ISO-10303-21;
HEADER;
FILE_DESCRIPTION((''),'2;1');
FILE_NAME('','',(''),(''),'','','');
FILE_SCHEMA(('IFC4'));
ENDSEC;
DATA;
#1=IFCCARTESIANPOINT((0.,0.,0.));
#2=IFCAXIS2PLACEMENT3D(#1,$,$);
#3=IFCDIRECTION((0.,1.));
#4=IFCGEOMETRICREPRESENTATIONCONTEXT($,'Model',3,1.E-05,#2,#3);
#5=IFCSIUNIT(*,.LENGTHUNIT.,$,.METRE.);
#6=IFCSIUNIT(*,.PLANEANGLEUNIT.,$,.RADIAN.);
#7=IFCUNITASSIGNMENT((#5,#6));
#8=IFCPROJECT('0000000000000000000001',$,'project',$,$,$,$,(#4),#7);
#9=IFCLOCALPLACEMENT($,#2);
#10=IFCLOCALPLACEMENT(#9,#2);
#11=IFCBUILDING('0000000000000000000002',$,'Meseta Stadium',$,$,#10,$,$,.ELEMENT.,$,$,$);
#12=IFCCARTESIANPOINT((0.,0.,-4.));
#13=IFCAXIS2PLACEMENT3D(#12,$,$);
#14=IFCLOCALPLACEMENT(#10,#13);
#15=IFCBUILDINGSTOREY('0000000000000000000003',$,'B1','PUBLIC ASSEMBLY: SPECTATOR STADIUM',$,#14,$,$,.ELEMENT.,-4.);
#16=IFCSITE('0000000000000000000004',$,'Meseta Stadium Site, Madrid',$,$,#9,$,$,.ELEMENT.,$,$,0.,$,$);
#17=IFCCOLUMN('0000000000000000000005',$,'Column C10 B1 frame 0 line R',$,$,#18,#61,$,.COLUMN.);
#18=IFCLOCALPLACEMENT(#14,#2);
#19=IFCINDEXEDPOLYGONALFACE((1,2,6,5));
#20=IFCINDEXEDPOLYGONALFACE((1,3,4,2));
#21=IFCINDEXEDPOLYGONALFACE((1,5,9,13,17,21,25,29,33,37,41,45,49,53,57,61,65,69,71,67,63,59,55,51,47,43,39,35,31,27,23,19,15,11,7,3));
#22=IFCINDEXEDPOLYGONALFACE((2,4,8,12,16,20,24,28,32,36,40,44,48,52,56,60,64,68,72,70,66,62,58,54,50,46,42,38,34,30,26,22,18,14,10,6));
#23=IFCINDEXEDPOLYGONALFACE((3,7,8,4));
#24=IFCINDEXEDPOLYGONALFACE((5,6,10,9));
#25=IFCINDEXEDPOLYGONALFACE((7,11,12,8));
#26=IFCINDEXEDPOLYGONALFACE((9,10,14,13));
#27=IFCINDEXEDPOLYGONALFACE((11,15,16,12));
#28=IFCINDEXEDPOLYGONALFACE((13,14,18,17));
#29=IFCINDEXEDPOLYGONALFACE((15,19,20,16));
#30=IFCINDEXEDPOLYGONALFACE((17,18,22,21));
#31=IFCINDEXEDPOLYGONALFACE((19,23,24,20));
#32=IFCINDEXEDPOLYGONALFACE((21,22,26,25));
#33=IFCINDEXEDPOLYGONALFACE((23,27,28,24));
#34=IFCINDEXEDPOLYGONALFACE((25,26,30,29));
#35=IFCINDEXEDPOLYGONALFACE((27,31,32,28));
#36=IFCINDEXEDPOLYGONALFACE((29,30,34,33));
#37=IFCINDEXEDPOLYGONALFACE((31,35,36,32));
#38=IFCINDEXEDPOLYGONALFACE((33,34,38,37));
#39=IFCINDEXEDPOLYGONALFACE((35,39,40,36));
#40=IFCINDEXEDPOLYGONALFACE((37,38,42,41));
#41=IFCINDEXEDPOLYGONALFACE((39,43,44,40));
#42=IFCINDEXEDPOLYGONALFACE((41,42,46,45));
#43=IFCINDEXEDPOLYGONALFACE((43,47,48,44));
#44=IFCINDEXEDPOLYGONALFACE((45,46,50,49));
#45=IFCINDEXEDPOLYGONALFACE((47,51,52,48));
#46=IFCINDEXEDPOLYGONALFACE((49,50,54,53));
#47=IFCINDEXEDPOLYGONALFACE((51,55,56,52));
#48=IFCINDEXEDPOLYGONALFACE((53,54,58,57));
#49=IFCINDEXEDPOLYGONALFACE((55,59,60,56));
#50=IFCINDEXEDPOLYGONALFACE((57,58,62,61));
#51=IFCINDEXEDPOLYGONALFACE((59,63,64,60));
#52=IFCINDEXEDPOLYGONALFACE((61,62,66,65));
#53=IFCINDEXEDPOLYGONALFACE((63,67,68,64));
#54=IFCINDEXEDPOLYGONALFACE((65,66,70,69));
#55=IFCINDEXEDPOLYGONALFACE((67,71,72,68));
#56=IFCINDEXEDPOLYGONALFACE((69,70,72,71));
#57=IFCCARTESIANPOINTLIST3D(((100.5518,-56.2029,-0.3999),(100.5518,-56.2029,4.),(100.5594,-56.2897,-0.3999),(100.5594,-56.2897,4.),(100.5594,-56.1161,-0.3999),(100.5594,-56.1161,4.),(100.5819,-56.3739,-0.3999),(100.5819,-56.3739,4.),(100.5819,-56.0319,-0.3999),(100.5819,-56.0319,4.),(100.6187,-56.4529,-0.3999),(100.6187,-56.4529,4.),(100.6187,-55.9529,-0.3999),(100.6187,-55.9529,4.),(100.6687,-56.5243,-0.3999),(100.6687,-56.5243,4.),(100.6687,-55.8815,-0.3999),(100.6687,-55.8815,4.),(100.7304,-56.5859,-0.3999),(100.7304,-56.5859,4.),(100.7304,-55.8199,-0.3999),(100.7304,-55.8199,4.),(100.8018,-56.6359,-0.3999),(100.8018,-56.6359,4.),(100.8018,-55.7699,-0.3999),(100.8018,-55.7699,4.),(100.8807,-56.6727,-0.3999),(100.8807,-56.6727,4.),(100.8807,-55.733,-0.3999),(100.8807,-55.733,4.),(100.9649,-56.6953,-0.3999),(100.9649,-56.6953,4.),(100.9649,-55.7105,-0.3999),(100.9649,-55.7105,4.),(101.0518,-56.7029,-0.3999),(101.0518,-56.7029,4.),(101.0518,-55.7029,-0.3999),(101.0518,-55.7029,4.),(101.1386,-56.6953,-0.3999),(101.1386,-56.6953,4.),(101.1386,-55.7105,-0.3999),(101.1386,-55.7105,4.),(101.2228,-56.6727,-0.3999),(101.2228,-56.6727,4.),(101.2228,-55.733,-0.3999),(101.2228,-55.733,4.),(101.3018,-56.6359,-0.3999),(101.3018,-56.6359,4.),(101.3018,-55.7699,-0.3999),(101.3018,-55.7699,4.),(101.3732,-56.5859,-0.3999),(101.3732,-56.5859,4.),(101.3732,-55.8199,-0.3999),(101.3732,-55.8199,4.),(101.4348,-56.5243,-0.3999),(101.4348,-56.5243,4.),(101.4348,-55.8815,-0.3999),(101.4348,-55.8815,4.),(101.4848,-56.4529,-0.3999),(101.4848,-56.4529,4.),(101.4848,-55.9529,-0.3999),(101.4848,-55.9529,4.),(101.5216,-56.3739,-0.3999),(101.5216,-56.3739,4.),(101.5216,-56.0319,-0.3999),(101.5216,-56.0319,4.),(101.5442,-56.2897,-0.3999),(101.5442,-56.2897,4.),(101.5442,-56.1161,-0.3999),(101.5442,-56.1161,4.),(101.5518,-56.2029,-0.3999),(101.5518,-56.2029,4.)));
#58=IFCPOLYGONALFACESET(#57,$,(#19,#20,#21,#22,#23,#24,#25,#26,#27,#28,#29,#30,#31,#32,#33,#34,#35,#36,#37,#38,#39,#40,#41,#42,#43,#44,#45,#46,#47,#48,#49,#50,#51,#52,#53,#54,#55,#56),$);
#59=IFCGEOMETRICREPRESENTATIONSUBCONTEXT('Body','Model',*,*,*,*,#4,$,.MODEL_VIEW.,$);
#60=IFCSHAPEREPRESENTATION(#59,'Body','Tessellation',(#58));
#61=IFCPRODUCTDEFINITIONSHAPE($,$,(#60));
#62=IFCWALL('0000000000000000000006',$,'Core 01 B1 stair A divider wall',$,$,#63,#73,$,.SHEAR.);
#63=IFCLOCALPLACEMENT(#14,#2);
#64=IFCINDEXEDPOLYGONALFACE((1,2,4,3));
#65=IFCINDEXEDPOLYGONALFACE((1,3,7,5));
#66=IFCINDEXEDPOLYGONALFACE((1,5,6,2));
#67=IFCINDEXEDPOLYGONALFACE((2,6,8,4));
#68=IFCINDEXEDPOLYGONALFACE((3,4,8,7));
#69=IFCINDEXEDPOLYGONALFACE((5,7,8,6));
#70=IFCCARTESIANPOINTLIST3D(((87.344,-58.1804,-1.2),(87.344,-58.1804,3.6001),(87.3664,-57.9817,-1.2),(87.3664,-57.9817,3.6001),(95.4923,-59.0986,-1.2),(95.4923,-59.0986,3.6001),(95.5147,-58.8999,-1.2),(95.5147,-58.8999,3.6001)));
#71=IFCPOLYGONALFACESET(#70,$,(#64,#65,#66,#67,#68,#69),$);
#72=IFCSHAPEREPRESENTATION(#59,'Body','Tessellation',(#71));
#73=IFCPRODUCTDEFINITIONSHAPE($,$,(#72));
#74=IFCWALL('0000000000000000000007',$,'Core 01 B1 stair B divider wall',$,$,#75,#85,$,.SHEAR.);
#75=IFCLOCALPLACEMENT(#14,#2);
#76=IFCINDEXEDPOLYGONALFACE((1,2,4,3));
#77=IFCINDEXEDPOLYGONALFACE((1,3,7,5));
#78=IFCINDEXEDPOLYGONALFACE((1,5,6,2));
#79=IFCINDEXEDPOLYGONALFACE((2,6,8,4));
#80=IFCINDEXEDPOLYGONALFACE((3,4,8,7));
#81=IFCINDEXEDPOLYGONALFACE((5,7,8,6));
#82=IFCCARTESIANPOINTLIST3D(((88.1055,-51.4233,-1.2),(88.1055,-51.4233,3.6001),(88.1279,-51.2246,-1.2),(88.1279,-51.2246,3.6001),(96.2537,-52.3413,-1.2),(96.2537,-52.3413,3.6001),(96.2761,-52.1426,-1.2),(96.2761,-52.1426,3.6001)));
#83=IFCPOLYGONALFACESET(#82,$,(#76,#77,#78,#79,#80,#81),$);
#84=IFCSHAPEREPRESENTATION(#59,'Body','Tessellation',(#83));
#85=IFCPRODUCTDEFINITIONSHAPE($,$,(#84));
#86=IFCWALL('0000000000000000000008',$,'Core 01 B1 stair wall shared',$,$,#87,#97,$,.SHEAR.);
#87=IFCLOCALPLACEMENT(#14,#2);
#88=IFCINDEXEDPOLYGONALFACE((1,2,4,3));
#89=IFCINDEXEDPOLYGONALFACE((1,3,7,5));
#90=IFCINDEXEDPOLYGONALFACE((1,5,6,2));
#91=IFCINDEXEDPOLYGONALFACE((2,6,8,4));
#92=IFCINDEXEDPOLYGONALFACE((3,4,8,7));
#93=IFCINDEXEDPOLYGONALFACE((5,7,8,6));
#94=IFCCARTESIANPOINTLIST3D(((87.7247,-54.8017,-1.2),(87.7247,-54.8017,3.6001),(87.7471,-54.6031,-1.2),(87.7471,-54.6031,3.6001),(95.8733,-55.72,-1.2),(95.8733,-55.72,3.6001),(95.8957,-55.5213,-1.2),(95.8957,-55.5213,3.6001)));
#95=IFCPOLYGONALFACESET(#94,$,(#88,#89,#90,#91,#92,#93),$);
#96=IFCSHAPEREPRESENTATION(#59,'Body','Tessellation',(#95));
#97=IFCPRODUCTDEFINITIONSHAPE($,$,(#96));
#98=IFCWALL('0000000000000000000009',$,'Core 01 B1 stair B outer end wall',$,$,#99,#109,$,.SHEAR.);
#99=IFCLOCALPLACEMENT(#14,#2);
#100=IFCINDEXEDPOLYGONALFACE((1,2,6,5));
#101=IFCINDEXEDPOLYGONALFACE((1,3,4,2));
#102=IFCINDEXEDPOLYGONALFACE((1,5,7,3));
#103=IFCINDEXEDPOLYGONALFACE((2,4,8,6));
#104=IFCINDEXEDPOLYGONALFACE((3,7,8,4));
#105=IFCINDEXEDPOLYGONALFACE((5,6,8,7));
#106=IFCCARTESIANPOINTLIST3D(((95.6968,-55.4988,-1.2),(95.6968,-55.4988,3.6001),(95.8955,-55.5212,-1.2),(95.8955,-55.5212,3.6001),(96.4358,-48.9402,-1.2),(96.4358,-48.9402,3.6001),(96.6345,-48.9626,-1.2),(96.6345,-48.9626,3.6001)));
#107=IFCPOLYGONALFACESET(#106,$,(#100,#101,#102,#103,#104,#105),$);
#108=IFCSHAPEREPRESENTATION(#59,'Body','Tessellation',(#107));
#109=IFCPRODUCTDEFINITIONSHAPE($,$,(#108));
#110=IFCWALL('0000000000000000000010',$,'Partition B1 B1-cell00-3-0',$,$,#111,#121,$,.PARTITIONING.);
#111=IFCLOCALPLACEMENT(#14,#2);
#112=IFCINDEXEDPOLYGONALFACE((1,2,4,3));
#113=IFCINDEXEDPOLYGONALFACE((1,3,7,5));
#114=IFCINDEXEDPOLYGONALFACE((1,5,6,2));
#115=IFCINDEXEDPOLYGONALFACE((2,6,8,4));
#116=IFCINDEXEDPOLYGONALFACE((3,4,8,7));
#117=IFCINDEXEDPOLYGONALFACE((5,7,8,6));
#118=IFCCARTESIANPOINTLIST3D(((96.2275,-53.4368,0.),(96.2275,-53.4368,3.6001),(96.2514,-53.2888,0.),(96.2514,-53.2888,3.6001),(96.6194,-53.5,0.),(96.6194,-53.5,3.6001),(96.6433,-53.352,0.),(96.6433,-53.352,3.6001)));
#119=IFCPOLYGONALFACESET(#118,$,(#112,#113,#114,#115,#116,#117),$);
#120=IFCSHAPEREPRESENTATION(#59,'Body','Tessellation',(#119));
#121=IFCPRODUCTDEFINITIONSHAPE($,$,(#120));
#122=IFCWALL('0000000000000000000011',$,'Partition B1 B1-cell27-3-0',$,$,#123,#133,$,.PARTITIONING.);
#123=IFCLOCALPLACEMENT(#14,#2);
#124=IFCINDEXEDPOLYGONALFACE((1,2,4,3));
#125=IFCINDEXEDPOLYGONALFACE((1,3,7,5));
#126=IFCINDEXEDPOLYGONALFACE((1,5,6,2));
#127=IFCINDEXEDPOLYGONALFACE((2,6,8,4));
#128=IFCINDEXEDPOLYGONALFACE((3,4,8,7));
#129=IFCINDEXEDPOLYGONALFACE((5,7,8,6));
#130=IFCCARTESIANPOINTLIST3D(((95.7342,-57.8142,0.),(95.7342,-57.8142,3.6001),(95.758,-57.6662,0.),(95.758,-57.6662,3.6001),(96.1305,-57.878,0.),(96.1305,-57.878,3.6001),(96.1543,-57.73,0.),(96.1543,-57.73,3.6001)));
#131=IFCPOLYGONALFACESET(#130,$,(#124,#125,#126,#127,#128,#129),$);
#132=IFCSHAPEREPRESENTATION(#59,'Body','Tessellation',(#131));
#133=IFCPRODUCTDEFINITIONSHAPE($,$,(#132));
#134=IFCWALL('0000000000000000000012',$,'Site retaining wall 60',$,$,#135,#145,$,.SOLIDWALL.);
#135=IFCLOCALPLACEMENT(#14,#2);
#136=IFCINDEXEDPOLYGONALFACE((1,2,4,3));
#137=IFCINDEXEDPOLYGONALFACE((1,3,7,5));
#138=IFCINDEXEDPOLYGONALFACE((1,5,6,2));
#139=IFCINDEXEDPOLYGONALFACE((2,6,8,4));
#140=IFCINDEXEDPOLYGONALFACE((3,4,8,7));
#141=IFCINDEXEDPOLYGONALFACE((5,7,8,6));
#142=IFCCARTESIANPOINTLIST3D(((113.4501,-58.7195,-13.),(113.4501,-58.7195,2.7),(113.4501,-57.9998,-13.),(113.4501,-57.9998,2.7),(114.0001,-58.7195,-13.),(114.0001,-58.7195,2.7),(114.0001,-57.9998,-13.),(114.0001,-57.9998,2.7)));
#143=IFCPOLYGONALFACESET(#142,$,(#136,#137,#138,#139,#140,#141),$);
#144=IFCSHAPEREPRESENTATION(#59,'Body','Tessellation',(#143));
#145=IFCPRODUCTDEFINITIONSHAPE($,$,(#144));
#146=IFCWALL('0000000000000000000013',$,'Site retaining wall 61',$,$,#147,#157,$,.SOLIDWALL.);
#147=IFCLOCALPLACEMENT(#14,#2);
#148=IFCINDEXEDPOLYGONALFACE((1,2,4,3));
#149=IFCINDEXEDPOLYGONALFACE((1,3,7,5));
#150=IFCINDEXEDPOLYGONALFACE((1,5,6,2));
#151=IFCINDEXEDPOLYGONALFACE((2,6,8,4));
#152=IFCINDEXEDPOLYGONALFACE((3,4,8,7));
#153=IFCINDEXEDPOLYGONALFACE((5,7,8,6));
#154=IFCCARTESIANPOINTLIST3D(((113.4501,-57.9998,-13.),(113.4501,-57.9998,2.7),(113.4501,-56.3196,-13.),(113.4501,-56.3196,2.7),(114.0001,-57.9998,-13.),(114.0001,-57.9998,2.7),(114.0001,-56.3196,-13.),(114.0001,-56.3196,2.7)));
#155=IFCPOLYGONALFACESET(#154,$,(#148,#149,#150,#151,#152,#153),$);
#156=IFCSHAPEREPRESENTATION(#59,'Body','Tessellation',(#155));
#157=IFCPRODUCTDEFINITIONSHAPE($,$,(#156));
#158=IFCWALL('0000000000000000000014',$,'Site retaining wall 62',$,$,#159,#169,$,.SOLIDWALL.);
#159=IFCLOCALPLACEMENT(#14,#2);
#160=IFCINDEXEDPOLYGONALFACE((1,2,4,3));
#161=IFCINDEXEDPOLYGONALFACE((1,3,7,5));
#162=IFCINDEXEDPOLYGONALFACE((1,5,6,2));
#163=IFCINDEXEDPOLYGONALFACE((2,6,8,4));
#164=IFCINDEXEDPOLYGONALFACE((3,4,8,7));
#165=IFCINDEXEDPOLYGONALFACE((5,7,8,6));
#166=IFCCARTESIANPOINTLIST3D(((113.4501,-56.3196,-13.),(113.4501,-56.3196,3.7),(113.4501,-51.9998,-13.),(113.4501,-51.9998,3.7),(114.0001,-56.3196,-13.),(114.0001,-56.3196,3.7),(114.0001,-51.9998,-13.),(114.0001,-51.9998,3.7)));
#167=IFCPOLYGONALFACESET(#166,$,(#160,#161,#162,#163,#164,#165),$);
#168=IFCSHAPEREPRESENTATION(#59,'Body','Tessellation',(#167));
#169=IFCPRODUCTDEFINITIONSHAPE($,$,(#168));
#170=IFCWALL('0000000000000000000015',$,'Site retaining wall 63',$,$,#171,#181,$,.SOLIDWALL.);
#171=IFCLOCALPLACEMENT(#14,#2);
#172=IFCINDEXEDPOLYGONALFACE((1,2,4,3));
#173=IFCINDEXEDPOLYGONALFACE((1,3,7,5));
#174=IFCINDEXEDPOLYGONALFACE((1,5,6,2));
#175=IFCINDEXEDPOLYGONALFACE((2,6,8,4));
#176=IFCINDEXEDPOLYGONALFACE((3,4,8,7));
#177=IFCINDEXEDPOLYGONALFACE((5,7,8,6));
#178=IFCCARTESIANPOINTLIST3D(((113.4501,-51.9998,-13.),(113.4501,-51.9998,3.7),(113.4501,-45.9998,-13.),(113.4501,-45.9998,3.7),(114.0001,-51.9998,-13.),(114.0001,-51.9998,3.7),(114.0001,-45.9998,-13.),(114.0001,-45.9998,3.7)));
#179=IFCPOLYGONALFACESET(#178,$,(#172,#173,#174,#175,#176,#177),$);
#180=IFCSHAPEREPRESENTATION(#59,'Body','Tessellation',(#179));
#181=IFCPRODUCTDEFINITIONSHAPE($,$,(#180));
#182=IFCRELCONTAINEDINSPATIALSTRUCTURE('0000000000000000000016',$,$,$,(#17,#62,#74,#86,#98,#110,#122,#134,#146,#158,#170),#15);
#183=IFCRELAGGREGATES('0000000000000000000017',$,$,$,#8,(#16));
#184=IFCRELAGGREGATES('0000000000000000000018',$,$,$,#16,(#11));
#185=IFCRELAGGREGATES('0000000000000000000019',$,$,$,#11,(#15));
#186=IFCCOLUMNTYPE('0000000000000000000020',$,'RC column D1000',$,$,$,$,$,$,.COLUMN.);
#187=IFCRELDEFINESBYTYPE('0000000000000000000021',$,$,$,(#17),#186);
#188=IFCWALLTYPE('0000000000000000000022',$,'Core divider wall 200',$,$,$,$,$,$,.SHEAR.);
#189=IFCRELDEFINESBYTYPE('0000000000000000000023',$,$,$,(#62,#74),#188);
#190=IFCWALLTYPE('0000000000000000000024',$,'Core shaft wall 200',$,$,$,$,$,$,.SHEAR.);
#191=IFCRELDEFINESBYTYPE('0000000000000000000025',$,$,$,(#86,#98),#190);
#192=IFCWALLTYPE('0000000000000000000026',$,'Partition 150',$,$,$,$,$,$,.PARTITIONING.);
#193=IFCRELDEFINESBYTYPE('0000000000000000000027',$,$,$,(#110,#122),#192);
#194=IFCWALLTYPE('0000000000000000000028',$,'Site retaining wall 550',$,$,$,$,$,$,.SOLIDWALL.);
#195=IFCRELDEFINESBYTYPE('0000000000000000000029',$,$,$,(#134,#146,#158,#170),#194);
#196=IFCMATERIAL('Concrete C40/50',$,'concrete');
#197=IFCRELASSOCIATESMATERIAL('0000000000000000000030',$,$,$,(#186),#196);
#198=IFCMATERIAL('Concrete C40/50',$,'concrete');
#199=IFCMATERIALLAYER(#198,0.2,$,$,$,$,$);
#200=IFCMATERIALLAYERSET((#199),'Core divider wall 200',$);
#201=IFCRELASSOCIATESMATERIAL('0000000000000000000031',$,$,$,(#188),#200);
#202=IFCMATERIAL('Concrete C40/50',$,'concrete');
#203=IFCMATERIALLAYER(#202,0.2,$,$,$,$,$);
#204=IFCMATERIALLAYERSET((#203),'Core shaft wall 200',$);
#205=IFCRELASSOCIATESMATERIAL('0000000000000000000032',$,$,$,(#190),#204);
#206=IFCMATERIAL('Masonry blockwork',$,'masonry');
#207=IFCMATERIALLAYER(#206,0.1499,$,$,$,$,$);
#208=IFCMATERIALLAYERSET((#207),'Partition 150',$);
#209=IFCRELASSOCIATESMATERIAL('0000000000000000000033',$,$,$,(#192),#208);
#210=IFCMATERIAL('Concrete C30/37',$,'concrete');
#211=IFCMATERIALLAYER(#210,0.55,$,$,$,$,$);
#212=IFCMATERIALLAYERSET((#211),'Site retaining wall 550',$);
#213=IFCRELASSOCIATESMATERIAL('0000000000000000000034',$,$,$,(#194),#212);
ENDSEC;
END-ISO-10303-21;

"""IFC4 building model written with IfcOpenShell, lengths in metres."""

from ifc_helpers import new_model, si_unit, direction, frame, frame_2d, origin, origin_2d, place, context, subcontext, project, spatial, rectangle, circle, extrude, material, layer, layer_set, material_profile, profile_set, type_object, element, save


model = new_model("IFC4")

# Units and contexts
model_context = context("Model", 3, precision=1e-05, world=origin(), true_north=direction((0.0, 1.0)))
body_context = subcontext(model_context, "Body", "Model", "MODEL_VIEW")
ifc_project = project(units=[si_unit("LENGTHUNIT", "METRE"), si_unit("PLANEANGLEUNIT", "RADIAN")], contexts=[model_context])

# Site, building, storey
site_placement = place(None, origin())
site = spatial("IfcSite", under=ifc_project, at=site_placement, Name="Meseta Stadium Site, Madrid", CompositionType="ELEMENT", RefElevation=0.0)
building_placement = place(site_placement, origin())
building = spatial("IfcBuilding", under=site, at=building_placement, Name="Meseta Stadium", CompositionType="ELEMENT")
storey_placement = place(building_placement, frame((0.0, 0.0, -4.0)))
storey = spatial("IfcBuildingStorey", under=building, at=storey_placement, Name="B1", Description="PUBLIC ASSEMBLY: SPECTATOR STADIUM", CompositionType="ELEMENT", Elevation=-4.0)

# Column
ifc_material_1 = material(Name="Concrete C40/50", Category="concrete")
ifc_material_profile = material_profile(ifc_material_1, circle(Radius=0.5, at=origin_2d()), Name="RC D1000")
ifc_profile_set = profile_set([ifc_material_profile], Name="Concrete C40/50")
column_type = type_object("IfcColumnType", Name="RC column D1000", PredefinedType="COLUMN", material=ifc_profile_set)
column_placement = place(storey_placement, frame((101.0518, -56.2029, -0.3999), z_axis=(0.0, 0.0, 1.0), x_axis=(1.0, 0.0, 0.0)))
element("IfcColumn", 1, at=column_placement, inside=storey, type_object=column_type, Name="Column C10 B1 frame 0 line R", PredefinedType="COLUMN", context=body_context, shape_type="SweptSolid", body=[
    extrude(circle(Radius=0.5, at=origin_2d()), origin(), (0.0, 0.0, 1.0), 4.3999),
])

# Walls
ifc_material_2 = material(Name="Concrete C40/50", Category="concrete")
ifc_layer_1 = layer(ifc_material_2, 0.2)
ifc_layer_set_1 = layer_set([ifc_layer_1], Name="Core divider wall 200")
wall_type_1 = type_object("IfcWallType", Name="Core divider wall 200", PredefinedType="SHEAR", material=ifc_layer_set_1)
wall_1_placement = place(storey_placement, frame((95.5037, -58.9993, -1.2), z_axis=(0.0, 0.0, 1.0), x_axis=(-0.993711, 0.111977, 0.0)))
element("IfcWall", 2, at=wall_1_placement, inside=storey, type_object=wall_type_1, Name="Core 01 B1 stair A divider wall", PredefinedType="SHEAR", context=body_context, shape_type="SweptSolid", body=[
    extrude(rectangle(XDim=8.2, YDim=0.2, at=frame_2d((4.1001, 0.0))), origin(), (0.0, 0.0, 1.0), 4.8),
])
wall_2_placement = place(storey_placement, frame((96.2649, -52.2419, -1.2), z_axis=(0.0, 0.0, 1.0), x_axis=(-0.993714, 0.111951, 0.0)))
element("IfcWall", 3, at=wall_2_placement, inside=storey, type_object=wall_type_1, Name="Core 01 B1 stair B divider wall", PredefinedType="SHEAR", context=body_context, shape_type="SweptSolid", body=[
    extrude(rectangle(XDim=8.1997, YDim=0.2, at=frame_2d((4.0999, 0.0))), origin(), (0.0, 0.0, 1.0), 4.8),
])
ifc_material_3 = material(Name="Concrete C40/50", Category="concrete")
ifc_layer_2 = layer(ifc_material_3, 0.2)
ifc_layer_set_2 = layer_set([ifc_layer_2], Name="Core shaft wall 200")
wall_type_2 = type_object("IfcWallType", Name="Core shaft wall 200", PredefinedType="SHEAR", material=ifc_layer_set_2)
wall_3_placement = place(storey_placement, frame((95.8845, -55.6206, -1.2), z_axis=(0.0, 0.0, 1.0), x_axis=(-0.993711, 0.111974, 0.0)))
element("IfcWall", 4, at=wall_3_placement, inside=storey, type_object=wall_type_2, Name="Core 01 B1 stair wall shared", PredefinedType="SHEAR", context=body_context, shape_type="SweptSolid", body=[
    extrude(rectangle(XDim=8.2002, YDim=0.2, at=frame_2d((4.1001, 0.0))), origin(), (0.0, 0.0, 1.0), 4.8),
])
wall_4_placement = place(storey_placement, frame((95.7961, -55.51, -1.2), z_axis=(0.0, 0.0, 1.0), x_axis=(0.11197, 0.993712, 0.0)))
element("IfcWall", 5, at=wall_4_placement, inside=storey, type_object=wall_type_2, Name="Core 01 B1 stair B outer end wall", PredefinedType="SHEAR", context=body_context, shape_type="SweptSolid", body=[
    extrude(rectangle(XDim=6.6001, YDim=0.2, at=frame_2d((3.3, 0.0))), origin(), (0.0, 0.0, 1.0), 4.8),
])
ifc_material_4 = material(Name="Masonry blockwork", Category="masonry")
ifc_layer_3 = layer(ifc_material_4, 0.1499)
ifc_layer_set_3 = layer_set([ifc_layer_3], Name="Partition 150")
wall_type_3 = type_object("IfcWallType", Name="Partition 150", PredefinedType="PARTITIONING", material=ifc_layer_set_3)
wall_5_placement = place(storey_placement, frame((96.6313, -53.426, 0.0), z_axis=(0.0, 0.0, 1.0), x_axis=(-0.987229, 0.15931, 0.0)))
element("IfcWall", 6, at=wall_5_placement, inside=storey, type_object=wall_type_3, Name="Partition B1 B1-cell00-3-0", PredefinedType="PARTITIONING", context=body_context, shape_type="SweptSolid", body=[
    extrude(rectangle(XDim=0.397, YDim=0.1499, at=frame_2d((0.1985, 0.0))), origin(), (0.0, 0.0, 1.0), 3.6001),
])
wall_6_placement = place(storey_placement, frame((95.7461, -57.7402, 0.0), z_axis=(0.0, 0.0, 1.0), x_axis=(0.987315, -0.158773, 0.0)))
element("IfcWall", 7, at=wall_6_placement, inside=storey, type_object=wall_type_3, Name="Partition B1 B1-cell27-3-0", PredefinedType="PARTITIONING", context=body_context, shape_type="SweptSolid", body=[
    extrude(rectangle(XDim=0.4014, YDim=0.1499, at=frame_2d((0.2007, 0.0))), origin(), (0.0, 0.0, 1.0), 3.6001),
])
ifc_material_5 = material(Name="Concrete C30/37", Category="concrete")
ifc_layer_4 = layer(ifc_material_5, 0.55)
ifc_layer_set_4 = layer_set([ifc_layer_4], Name="Site retaining wall 550")
wall_type_4 = type_object("IfcWallType", Name="Site retaining wall 550", PredefinedType="SOLIDWALL", material=ifc_layer_set_4)
wall_7_placement = place(storey_placement, frame((113.7251, -58.7195, -13.0), z_axis=(0.0, 0.0, 1.0), x_axis=(0.0, 1.0, 0.0)))
element("IfcWall", 8, at=wall_7_placement, inside=storey, type_object=wall_type_4, Name="Site retaining wall 60", PredefinedType="SOLIDWALL", context=body_context, shape_type="SweptSolid", body=[
    extrude(rectangle(XDim=0.7197, YDim=0.55, at=frame_2d((0.3599, 0.0))), origin(), (0.0, 0.0, 1.0), 15.7),
])
wall_8_placement = place(storey_placement, frame((113.7251, -57.9998, -13.0), z_axis=(0.0, 0.0, 1.0), x_axis=(0.0, 1.0, 0.0)))
element("IfcWall", 9, at=wall_8_placement, inside=storey, type_object=wall_type_4, Name="Site retaining wall 61", PredefinedType="SOLIDWALL", context=body_context, shape_type="SweptSolid", body=[
    extrude(rectangle(XDim=1.6802, YDim=0.55, at=frame_2d((0.8401, 0.0))), origin(), (0.0, 0.0, 1.0), 15.7),
])
wall_9_placement = place(storey_placement, frame((113.7251, -56.3196, -13.0), z_axis=(0.0, 0.0, 1.0), x_axis=(0.0, 1.0, 0.0)))
element("IfcWall", 10, at=wall_9_placement, inside=storey, type_object=wall_type_4, Name="Site retaining wall 62", PredefinedType="SOLIDWALL", context=body_context, shape_type="SweptSolid", body=[
    extrude(rectangle(XDim=4.3198, YDim=0.55, at=frame_2d((2.1599, 0.0))), origin(), (0.0, 0.0, 1.0), 16.7),
])
wall_10_placement = place(storey_placement, frame((113.7251, -51.9998, -13.0), z_axis=(0.0, 0.0, 1.0), x_axis=(0.0, 1.0, 0.0)))
element("IfcWall", 11, at=wall_10_placement, inside=storey, type_object=wall_type_4, Name="Site retaining wall 63", PredefinedType="SOLIDWALL", context=body_context, shape_type="SweptSolid", body=[
    extrude(rectangle(XDim=6.0, YDim=0.55, at=frame_2d((3.0, 0.0))), origin(), (0.0, 0.0, 1.0), 16.7),
])

save(model, "model.ifc")
